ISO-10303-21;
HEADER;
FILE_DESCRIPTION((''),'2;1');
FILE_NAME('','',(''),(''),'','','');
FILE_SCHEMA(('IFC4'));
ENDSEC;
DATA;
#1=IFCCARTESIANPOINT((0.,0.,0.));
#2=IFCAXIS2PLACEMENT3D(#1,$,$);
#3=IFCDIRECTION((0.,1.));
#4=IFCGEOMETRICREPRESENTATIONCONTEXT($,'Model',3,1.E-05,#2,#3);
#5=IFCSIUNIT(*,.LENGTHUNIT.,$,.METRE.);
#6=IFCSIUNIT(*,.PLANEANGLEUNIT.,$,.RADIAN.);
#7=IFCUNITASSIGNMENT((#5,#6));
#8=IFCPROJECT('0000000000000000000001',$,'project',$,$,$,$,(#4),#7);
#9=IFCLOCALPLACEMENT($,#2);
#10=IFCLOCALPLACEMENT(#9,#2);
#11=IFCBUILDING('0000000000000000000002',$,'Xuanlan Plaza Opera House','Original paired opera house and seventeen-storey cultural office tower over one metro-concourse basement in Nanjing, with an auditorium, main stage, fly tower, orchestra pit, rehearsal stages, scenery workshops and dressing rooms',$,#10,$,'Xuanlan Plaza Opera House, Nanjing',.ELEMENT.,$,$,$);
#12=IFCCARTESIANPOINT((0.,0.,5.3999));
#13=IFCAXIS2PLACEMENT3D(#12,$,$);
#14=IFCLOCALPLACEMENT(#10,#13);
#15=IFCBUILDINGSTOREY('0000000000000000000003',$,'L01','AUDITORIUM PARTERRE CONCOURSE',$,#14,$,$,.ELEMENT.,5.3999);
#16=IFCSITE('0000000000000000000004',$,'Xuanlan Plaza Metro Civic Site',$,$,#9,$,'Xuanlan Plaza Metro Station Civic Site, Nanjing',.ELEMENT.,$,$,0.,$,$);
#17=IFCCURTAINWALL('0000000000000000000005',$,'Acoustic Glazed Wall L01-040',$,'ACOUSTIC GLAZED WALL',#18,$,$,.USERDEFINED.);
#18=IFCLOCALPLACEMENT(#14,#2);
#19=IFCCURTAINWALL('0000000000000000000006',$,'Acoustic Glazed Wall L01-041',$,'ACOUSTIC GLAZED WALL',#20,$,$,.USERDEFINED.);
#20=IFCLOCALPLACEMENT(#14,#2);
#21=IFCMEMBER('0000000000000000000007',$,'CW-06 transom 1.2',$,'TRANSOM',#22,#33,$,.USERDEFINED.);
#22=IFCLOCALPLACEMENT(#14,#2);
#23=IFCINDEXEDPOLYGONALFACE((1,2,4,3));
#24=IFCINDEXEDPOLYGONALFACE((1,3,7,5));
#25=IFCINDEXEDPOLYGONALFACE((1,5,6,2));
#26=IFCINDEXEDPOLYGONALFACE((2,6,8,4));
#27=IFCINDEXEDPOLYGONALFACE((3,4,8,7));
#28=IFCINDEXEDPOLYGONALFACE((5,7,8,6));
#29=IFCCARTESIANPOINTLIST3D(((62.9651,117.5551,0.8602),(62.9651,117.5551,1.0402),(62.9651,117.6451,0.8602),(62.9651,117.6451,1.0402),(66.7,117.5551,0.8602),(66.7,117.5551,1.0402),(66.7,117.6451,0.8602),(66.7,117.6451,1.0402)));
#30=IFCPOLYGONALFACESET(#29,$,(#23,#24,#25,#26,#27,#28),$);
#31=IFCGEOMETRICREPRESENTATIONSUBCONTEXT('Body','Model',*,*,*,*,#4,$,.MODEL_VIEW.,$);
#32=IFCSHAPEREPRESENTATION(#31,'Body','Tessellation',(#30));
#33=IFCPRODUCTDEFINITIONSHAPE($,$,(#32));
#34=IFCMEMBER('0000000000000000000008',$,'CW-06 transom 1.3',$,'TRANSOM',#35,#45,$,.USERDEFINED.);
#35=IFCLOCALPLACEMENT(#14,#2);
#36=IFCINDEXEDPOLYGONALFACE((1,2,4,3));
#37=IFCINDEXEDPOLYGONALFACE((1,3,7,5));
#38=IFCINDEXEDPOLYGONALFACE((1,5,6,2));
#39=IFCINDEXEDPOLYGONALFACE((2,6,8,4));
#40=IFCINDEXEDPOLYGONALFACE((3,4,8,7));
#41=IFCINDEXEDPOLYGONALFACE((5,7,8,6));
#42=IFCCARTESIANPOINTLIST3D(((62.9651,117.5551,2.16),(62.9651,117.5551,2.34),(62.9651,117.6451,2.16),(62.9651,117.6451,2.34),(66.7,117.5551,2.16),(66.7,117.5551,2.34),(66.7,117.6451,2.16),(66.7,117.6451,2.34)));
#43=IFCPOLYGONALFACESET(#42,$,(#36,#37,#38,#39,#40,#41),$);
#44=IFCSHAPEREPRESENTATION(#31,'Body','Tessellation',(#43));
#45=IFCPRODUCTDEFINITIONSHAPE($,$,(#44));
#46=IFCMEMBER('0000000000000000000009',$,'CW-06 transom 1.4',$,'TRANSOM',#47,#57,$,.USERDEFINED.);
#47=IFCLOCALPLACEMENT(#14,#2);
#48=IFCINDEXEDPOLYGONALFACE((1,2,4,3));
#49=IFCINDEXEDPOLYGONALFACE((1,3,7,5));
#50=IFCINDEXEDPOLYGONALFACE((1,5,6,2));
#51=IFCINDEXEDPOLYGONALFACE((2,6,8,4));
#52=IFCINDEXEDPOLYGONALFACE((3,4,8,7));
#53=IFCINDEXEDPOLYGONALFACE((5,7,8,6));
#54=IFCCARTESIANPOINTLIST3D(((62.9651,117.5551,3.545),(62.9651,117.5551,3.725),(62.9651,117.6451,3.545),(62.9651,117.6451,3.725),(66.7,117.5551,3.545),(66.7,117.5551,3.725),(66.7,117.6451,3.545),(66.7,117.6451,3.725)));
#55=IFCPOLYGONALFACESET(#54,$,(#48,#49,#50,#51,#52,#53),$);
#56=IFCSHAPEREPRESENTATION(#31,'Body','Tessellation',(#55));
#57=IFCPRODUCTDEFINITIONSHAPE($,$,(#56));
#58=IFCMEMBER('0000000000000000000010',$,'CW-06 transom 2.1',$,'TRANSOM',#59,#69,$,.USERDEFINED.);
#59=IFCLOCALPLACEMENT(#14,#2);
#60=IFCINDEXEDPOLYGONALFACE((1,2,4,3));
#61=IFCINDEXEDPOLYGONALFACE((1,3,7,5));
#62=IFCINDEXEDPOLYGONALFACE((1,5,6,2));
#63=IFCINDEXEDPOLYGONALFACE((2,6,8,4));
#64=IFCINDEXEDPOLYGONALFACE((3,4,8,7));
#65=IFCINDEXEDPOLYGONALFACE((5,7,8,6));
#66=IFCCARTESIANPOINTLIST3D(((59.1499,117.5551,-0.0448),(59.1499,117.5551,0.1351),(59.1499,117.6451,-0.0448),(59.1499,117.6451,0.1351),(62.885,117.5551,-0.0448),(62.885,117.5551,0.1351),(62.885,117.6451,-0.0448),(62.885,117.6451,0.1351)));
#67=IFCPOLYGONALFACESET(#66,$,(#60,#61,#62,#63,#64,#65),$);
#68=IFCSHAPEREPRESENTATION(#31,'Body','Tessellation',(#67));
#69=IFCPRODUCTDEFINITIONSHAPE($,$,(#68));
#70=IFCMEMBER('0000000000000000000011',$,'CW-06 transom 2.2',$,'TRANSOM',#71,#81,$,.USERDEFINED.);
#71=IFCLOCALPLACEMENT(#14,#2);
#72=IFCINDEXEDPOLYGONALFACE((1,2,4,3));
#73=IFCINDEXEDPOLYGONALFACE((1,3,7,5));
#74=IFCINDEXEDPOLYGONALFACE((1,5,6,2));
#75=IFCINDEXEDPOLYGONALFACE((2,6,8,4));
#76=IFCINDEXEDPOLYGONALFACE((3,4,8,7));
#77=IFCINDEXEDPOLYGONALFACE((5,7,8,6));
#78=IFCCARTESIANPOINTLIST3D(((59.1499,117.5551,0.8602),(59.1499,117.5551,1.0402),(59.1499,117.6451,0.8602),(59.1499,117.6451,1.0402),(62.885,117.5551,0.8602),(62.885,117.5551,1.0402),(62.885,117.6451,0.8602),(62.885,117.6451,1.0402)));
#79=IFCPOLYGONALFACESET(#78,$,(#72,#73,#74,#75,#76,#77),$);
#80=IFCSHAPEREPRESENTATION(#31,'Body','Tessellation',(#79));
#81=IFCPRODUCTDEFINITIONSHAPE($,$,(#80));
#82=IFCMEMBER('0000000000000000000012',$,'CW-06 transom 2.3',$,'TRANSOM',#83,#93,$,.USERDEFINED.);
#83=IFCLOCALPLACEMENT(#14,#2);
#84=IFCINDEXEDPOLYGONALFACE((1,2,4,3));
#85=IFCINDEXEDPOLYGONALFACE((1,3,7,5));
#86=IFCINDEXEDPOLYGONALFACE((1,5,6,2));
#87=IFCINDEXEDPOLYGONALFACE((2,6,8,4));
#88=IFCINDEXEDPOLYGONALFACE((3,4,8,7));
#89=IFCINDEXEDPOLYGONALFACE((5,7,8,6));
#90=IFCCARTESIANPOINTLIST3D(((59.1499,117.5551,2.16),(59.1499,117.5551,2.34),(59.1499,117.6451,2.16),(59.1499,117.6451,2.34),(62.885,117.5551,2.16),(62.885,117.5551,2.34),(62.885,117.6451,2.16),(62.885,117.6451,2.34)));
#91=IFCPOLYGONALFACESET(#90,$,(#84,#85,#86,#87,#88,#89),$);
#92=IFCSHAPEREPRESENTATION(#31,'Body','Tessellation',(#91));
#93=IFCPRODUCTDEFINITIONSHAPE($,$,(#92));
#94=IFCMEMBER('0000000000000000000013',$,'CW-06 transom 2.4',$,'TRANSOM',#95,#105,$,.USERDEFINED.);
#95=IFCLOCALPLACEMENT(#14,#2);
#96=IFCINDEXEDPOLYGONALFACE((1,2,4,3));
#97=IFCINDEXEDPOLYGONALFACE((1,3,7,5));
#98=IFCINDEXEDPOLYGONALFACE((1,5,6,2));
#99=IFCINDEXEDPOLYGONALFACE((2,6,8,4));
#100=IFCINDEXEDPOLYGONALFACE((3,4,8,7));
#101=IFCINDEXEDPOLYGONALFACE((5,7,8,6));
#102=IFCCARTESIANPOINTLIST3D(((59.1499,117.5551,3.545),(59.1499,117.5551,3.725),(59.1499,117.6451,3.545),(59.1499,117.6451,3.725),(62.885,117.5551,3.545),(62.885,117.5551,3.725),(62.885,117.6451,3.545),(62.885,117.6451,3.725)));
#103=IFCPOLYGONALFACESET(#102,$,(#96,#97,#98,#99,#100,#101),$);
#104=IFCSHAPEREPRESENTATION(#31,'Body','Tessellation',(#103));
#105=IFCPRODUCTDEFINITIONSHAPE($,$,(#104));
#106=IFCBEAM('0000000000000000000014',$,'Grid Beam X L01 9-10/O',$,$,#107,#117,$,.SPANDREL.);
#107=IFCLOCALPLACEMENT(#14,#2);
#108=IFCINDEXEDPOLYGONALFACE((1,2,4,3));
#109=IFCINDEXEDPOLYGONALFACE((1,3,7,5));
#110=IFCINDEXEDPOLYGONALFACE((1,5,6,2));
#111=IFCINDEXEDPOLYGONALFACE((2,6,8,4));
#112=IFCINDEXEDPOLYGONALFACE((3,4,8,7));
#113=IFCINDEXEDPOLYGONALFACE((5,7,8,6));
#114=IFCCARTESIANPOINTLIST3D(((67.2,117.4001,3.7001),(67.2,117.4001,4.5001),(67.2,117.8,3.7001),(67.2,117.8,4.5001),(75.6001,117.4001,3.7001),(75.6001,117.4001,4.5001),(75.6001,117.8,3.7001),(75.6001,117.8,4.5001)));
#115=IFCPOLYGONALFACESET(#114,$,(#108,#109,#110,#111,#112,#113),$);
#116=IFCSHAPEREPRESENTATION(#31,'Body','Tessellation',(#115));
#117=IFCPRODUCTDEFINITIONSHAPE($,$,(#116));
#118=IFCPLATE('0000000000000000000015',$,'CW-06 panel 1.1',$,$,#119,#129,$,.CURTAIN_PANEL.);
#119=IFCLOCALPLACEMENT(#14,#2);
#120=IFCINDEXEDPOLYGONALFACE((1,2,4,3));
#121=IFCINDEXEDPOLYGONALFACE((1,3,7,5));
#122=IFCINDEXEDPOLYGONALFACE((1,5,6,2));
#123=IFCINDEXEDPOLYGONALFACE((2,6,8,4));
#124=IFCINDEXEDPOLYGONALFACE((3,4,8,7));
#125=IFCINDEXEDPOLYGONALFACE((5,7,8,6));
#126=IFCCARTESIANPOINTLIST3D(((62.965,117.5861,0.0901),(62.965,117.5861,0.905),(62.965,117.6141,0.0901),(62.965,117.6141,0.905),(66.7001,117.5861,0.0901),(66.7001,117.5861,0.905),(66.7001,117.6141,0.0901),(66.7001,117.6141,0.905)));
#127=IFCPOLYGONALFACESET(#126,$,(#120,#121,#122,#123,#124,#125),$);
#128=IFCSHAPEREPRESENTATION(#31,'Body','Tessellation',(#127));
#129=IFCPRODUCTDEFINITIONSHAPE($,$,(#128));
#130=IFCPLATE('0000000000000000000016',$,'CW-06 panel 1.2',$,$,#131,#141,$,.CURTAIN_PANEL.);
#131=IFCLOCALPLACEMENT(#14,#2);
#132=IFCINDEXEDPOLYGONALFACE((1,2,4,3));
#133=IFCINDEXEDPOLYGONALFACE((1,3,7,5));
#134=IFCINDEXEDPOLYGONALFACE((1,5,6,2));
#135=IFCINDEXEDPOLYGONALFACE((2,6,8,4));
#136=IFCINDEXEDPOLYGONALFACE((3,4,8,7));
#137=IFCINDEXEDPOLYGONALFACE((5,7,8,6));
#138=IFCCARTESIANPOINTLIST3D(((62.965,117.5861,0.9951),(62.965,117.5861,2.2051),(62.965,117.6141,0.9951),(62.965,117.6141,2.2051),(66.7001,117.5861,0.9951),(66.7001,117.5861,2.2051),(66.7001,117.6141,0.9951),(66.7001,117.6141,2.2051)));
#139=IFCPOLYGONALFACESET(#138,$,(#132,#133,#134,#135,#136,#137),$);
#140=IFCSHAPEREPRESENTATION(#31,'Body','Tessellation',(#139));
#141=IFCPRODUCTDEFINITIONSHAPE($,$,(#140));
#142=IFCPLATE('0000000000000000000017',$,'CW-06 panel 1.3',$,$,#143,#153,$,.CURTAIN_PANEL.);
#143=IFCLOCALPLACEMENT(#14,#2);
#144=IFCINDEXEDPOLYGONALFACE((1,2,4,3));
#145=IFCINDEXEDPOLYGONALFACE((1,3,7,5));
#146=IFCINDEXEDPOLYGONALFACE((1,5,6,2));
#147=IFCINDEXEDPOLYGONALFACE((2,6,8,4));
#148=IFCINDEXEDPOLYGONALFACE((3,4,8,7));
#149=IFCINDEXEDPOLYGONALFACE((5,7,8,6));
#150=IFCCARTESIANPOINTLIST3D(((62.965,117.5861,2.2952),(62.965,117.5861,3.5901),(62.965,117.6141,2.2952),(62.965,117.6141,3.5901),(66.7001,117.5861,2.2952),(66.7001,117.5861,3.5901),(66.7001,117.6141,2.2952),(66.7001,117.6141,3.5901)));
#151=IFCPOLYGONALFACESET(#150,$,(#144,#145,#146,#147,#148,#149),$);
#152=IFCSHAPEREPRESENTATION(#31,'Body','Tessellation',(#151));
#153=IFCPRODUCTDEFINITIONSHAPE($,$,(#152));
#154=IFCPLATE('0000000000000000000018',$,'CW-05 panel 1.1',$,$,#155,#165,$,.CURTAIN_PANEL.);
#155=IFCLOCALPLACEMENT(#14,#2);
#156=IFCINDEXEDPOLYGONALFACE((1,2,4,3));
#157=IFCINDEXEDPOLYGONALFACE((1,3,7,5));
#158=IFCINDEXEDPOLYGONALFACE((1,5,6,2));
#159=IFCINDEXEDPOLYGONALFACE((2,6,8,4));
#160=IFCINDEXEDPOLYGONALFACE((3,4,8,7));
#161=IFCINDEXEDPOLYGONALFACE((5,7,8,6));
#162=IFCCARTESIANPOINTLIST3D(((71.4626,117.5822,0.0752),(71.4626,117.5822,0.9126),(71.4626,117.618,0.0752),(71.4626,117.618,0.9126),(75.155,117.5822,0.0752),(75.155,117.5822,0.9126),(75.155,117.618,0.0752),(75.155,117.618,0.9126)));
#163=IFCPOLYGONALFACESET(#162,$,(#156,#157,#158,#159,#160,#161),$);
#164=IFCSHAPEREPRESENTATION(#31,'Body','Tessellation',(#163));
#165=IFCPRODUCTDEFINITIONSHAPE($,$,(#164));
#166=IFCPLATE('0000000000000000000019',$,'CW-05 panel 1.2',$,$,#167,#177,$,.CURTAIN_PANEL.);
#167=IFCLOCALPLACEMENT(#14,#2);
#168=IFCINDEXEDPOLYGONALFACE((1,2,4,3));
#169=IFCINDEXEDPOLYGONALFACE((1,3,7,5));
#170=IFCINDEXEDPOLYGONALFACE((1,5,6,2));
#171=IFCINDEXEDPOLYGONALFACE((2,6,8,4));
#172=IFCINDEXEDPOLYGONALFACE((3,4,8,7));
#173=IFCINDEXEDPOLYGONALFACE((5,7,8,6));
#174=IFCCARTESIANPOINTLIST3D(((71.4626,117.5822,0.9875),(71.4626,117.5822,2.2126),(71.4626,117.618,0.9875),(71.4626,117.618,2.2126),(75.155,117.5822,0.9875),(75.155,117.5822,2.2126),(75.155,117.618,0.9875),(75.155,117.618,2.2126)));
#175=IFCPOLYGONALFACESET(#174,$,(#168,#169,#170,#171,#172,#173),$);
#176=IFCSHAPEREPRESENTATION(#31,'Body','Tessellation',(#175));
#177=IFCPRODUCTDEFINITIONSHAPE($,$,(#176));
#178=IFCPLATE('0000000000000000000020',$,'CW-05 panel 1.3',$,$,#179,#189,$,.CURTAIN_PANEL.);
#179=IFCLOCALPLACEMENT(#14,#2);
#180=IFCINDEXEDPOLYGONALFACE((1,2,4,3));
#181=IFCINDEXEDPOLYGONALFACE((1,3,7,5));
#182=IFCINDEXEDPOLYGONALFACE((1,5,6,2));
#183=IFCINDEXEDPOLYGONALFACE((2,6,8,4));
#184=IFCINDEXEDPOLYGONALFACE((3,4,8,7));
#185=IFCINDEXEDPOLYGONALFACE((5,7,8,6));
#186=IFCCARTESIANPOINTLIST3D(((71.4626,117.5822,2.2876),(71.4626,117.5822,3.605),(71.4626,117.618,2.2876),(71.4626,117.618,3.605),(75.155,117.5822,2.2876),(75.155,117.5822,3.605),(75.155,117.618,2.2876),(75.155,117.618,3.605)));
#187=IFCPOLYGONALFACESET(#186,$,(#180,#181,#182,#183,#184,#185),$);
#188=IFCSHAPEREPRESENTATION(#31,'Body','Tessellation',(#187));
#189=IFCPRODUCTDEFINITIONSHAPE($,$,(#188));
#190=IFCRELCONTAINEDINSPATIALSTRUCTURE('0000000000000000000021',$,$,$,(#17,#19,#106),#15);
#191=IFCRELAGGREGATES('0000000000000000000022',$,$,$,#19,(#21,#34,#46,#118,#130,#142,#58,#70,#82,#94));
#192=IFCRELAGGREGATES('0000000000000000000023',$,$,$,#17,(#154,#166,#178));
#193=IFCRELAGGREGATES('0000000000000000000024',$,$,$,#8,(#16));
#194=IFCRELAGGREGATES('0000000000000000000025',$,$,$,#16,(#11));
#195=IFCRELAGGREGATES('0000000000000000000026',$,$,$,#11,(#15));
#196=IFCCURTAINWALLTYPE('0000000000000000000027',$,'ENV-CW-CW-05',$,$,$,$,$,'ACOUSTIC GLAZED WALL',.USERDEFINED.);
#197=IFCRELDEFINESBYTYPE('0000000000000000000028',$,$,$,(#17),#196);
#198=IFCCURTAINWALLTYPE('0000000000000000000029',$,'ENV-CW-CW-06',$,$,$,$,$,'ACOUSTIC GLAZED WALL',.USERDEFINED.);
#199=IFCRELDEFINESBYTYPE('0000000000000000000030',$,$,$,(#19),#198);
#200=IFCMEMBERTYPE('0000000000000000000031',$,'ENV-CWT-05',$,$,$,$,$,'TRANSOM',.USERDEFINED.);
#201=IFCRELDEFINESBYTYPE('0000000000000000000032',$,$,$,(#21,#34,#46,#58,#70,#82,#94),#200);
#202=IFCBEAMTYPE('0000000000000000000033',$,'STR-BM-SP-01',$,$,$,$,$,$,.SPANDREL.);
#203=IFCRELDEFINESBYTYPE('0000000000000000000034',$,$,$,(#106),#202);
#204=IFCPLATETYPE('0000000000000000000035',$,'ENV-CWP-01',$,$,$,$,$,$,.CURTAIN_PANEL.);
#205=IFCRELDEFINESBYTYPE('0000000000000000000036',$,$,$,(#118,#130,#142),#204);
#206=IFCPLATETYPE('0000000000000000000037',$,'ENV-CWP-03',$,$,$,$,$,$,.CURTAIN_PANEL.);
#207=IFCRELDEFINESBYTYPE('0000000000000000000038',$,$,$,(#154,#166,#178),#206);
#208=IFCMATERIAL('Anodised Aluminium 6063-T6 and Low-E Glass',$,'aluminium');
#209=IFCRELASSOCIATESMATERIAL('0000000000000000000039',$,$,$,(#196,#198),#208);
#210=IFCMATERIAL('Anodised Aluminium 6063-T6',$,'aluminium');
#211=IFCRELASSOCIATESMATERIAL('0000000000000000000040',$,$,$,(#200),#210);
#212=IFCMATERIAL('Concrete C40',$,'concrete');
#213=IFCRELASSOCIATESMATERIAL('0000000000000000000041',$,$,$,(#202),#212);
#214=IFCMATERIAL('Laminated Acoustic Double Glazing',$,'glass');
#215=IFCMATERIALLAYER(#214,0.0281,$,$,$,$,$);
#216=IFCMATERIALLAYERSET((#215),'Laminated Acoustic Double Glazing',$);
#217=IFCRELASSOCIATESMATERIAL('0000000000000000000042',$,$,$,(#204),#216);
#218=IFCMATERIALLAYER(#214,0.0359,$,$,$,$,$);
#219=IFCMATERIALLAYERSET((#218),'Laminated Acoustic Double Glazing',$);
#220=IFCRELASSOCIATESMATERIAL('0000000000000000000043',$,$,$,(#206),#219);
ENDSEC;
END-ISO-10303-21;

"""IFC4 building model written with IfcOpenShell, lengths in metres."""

from ifc_helpers import new_model, si_unit, direction, frame, origin, origin_2d, place, context, subcontext, project, spatial, rectangle, extrude, material, layer, layer_set, material_profile, profile_set, type_object, element, aggregate, save


model = new_model("IFC4")

# Units and contexts
model_context = context("Model", 3, precision=1e-05, world=origin(), true_north=direction((0.0, 1.0)))
body_context = subcontext(model_context, "Body", "Model", "MODEL_VIEW")
ifc_project = project(units=[si_unit("LENGTHUNIT", "METRE"), si_unit("PLANEANGLEUNIT", "RADIAN")], contexts=[model_context])

# Site, building, storey
site_placement = place(None, origin())
site = spatial("IfcSite", under=ifc_project, at=site_placement, Name="Xuanlan Plaza Metro Civic Site", LongName="Xuanlan Plaza Metro Station Civic Site, Nanjing", CompositionType="ELEMENT", RefElevation=0.0)
building_placement = place(site_placement, origin())
building = spatial("IfcBuilding", under=site, at=building_placement, Name="Xuanlan Plaza Opera House", Description="Original paired opera house and seventeen-storey cultural office tower over one metro-concourse basement in Nanjing, with an auditorium, main stage, fly tower, orchestra pit, rehearsal stages, scenery workshops and dressing rooms", LongName="Xuanlan Plaza Opera House, Nanjing", CompositionType="ELEMENT")
storey_placement = place(building_placement, frame((0.0, 0.0, 5.3999)))
storey = spatial("IfcBuildingStorey", under=building, at=storey_placement, Name="L01", Description="AUDITORIUM PARTERRE CONCOURSE", CompositionType="ELEMENT", Elevation=5.3999)

# Shared definitions
ifc_material_1 = material(Name="Concrete C40", Category="concrete")

# Curtain walls
ifc_material_2 = material(Name="Anodised Aluminium 6063-T6 and Low-E Glass", Category="aluminium")
curtain_wall_type_1 = type_object("IfcCurtainWallType", Name="ENV-CW-CW-05", ElementType="ACOUSTIC GLAZED WALL", PredefinedType="USERDEFINED", material=ifc_material_2)
curtain_wall_1_placement = place(storey_placement, origin())
curtain_wall_1 = element("IfcCurtainWall", 1, at=curtain_wall_1_placement, inside=storey, type_object=curtain_wall_type_1, Name="Acoustic Glazed Wall L01-040", ObjectType="ACOUSTIC GLAZED WALL", PredefinedType="USERDEFINED")
ifc_material_3 = material(Name="Anodised Aluminium 6063-T6", Category="aluminium")
curtain_wall_type_2 = type_object("IfcCurtainWallType", Name="ENV-CW-CW-06", ElementType="ACOUSTIC GLAZED WALL", PredefinedType="USERDEFINED", material=ifc_material_2)
curtain_wall_2_placement = place(storey_placement, origin())
curtain_wall_2 = element("IfcCurtainWall", 2, at=curtain_wall_2_placement, inside=storey, type_object=curtain_wall_type_2, Name="Acoustic Glazed Wall L01-041", ObjectType="ACOUSTIC GLAZED WALL", PredefinedType="USERDEFINED")

# Members
ifc_material_profile_1 = material_profile(ifc_material_3, rectangle(XDim=0.0901, YDim=0.1799, at=origin_2d()), Name="ALU-T 90x180")
ifc_profile_set_1 = profile_set([ifc_material_profile_1], Name="Anodised Aluminium 6063-T6")
member_type_1 = type_object("IfcMemberType", Name="ENV-CWT-05", ElementType="TRANSOM", PredefinedType="USERDEFINED", material=ifc_profile_set_1)
member_1_placement = place(storey_placement, frame((66.7, 117.6001, 0.9502), z_axis=(-1.0, 0.0, 0.0), x_axis=(0.0, -1.0, 0.0)))
member_1 = element("IfcMember", 3, at=member_1_placement, type_object=member_type_1, Name="CW-06 transom 1.2", ObjectType="TRANSOM", PredefinedType="USERDEFINED", context=body_context, shape_type="SweptSolid", body=[
    extrude(rectangle(XDim=0.0901, YDim=0.1799, at=origin_2d()), origin(), (0.0, 0.0, 1.0), 3.7349),
])
member_2_placement = place(storey_placement, frame((66.7, 117.6001, 2.25), z_axis=(-1.0, 0.0, 0.0), x_axis=(0.0, -1.0, 0.0)))
member_2 = element("IfcMember", 4, at=member_2_placement, type_object=member_type_1, Name="CW-06 transom 1.3", ObjectType="TRANSOM", PredefinedType="USERDEFINED", context=body_context, shape_type="SweptSolid", body=[
    extrude(rectangle(XDim=0.0901, YDim=0.1799, at=origin_2d()), origin(), (0.0, 0.0, 1.0), 3.7349),
])
member_3_placement = place(storey_placement, frame((66.7, 117.6001, 3.635), z_axis=(-1.0, 0.0, 0.0), x_axis=(0.0, -1.0, 0.0)))
member_3 = element("IfcMember", 5, at=member_3_placement, type_object=member_type_1, Name="CW-06 transom 1.4", ObjectType="TRANSOM", PredefinedType="USERDEFINED", context=body_context, shape_type="SweptSolid", body=[
    extrude(rectangle(XDim=0.0901, YDim=0.1799, at=origin_2d()), origin(), (0.0, 0.0, 1.0), 3.7349),
])
member_4_placement = place(storey_placement, frame((62.885, 117.6001, 0.0452), z_axis=(-1.0, 0.0, 0.0), x_axis=(0.0, -1.0, 0.0)))
member_4 = element("IfcMember", 6, at=member_4_placement, type_object=member_type_1, Name="CW-06 transom 2.1", ObjectType="TRANSOM", PredefinedType="USERDEFINED", context=body_context, shape_type="SweptSolid", body=[
    extrude(rectangle(XDim=0.0901, YDim=0.1799, at=origin_2d()), origin(), (0.0, 0.0, 1.0), 3.7351),
])
member_5_placement = place(storey_placement, frame((62.885, 117.6001, 0.9502), z_axis=(-1.0, 0.0, 0.0), x_axis=(0.0, -1.0, 0.0)))
member_5 = element("IfcMember", 7, at=member_5_placement, type_object=member_type_1, Name="CW-06 transom 2.2", ObjectType="TRANSOM", PredefinedType="USERDEFINED", context=body_context, shape_type="SweptSolid", body=[
    extrude(rectangle(XDim=0.0901, YDim=0.1799, at=origin_2d()), origin(), (0.0, 0.0, 1.0), 3.7351),
])
member_6_placement = place(storey_placement, frame((62.885, 117.6001, 2.25), z_axis=(-1.0, 0.0, 0.0), x_axis=(0.0, -1.0, 0.0)))
member_6 = element("IfcMember", 8, at=member_6_placement, type_object=member_type_1, Name="CW-06 transom 2.3", ObjectType="TRANSOM", PredefinedType="USERDEFINED", context=body_context, shape_type="SweptSolid", body=[
    extrude(rectangle(XDim=0.0901, YDim=0.1799, at=origin_2d()), origin(), (0.0, 0.0, 1.0), 3.7351),
])
member_7_placement = place(storey_placement, frame((62.885, 117.6001, 3.635), z_axis=(-1.0, 0.0, 0.0), x_axis=(0.0, -1.0, 0.0)))
member_7 = element("IfcMember", 9, at=member_7_placement, type_object=member_type_1, Name="CW-06 transom 2.4", ObjectType="TRANSOM", PredefinedType="USERDEFINED", context=body_context, shape_type="SweptSolid", body=[
    extrude(rectangle(XDim=0.0901, YDim=0.1799, at=origin_2d()), origin(), (0.0, 0.0, 1.0), 3.7351),
])

# Beam
ifc_material_profile_2 = material_profile(ifc_material_1, rectangle(XDim=0.3999, YDim=0.8, at=origin_2d()), Name="RC-SPD 400x800")
ifc_profile_set_2 = profile_set([ifc_material_profile_2], Name="Concrete C40")
beam_type = type_object("IfcBeamType", Name="STR-BM-SP-01", PredefinedType="SPANDREL", material=ifc_profile_set_2)
beam_placement = place(storey_placement, frame((67.2, 117.6001, 4.1001), z_axis=(1.0, 0.0, 0.0), x_axis=(0.0, 1.0, 0.0)))
element("IfcBeam", 10, at=beam_placement, inside=storey, type_object=beam_type, Name="Grid Beam X L01 9-10/O", PredefinedType="SPANDREL", context=body_context, shape_type="SweptSolid", body=[
    extrude(rectangle(XDim=0.3999, YDim=0.8, at=origin_2d()), origin(), (0.0, 0.0, 1.0), 8.4001),
])

# Plates
ifc_material_4 = material(Name="Laminated Acoustic Double Glazing", Category="glass")
ifc_layer_1 = layer(ifc_material_4, 0.0281)
ifc_layer_set_1 = layer_set([ifc_layer_1], Name="Laminated Acoustic Double Glazing")
plate_type_1 = type_object("IfcPlateType", Name="ENV-CWP-01", PredefinedType="CURTAIN_PANEL", material=ifc_layer_set_1)
plate_1_placement = place(storey_placement, frame((64.8325, 117.6001, 0.0901), z_axis=(0.0, 0.0, 1.0), x_axis=(-1.0, 0.0, 0.0)))
plate_1 = element("IfcPlate", 11, at=plate_1_placement, type_object=plate_type_1, Name="CW-06 panel 1.1", PredefinedType="CURTAIN_PANEL", context=body_context, shape_type="SweptSolid", body=[
    extrude(rectangle(XDim=3.7351, YDim=0.0281, at=origin_2d()), origin(), (0.0, 0.0, 1.0), 0.8149),
])
plate_2_placement = place(storey_placement, frame((64.8325, 117.6001, 0.9951), z_axis=(0.0, 0.0, 1.0), x_axis=(-1.0, 0.0, 0.0)))
plate_2 = element("IfcPlate", 12, at=plate_2_placement, type_object=plate_type_1, Name="CW-06 panel 1.2", PredefinedType="CURTAIN_PANEL", context=body_context, shape_type="SweptSolid", body=[
    extrude(rectangle(XDim=3.7351, YDim=0.0281, at=origin_2d()), origin(), (0.0, 0.0, 1.0), 1.21),
])
plate_3_placement = place(storey_placement, frame((64.8325, 117.6001, 2.2952), z_axis=(0.0, 0.0, 1.0), x_axis=(-1.0, 0.0, 0.0)))
plate_3 = element("IfcPlate", 13, at=plate_3_placement, type_object=plate_type_1, Name="CW-06 panel 1.3", PredefinedType="CURTAIN_PANEL", context=body_context, shape_type="SweptSolid", body=[
    extrude(rectangle(XDim=3.7351, YDim=0.0281, at=origin_2d()), origin(), (0.0, 0.0, 1.0), 1.2949),
])
aggregate(curtain_wall_2, [member_1, member_2, member_3, plate_1, plate_2, plate_3, member_4, member_5, member_6, member_7])
ifc_layer_2 = layer(ifc_material_4, 0.0359)
ifc_layer_set_2 = layer_set([ifc_layer_2], Name="Laminated Acoustic Double Glazing")
plate_type_2 = type_object("IfcPlateType", Name="ENV-CWP-03", PredefinedType="CURTAIN_PANEL", material=ifc_layer_set_2)
plate_4_placement = place(storey_placement, frame((73.3088, 117.6001, 0.0752), z_axis=(0.0, 0.0, 1.0), x_axis=(-1.0, 0.0, 0.0)))
plate_4 = element("IfcPlate", 14, at=plate_4_placement, type_object=plate_type_2, Name="CW-05 panel 1.1", PredefinedType="CURTAIN_PANEL", context=body_context, shape_type="SweptSolid", body=[
    extrude(rectangle(XDim=3.6924, YDim=0.0359, at=origin_2d()), origin(), (0.0, 0.0, 1.0), 0.8374),
])
plate_5_placement = place(storey_placement, frame((73.3088, 117.6001, 0.9875), z_axis=(0.0, 0.0, 1.0), x_axis=(-1.0, 0.0, 0.0)))
plate_5 = element("IfcPlate", 15, at=plate_5_placement, type_object=plate_type_2, Name="CW-05 panel 1.2", PredefinedType="CURTAIN_PANEL", context=body_context, shape_type="SweptSolid", body=[
    extrude(rectangle(XDim=3.6924, YDim=0.0359, at=origin_2d()), origin(), (0.0, 0.0, 1.0), 1.2251),
])
plate_6_placement = place(storey_placement, frame((73.3088, 117.6001, 2.2876), z_axis=(0.0, 0.0, 1.0), x_axis=(-1.0, 0.0, 0.0)))
plate_6 = element("IfcPlate", 16, at=plate_6_placement, type_object=plate_type_2, Name="CW-05 panel 1.3", PredefinedType="CURTAIN_PANEL", context=body_context, shape_type="SweptSolid", body=[
    extrude(rectangle(XDim=3.6924, YDim=0.0359, at=origin_2d()), origin(), (0.0, 0.0, 1.0), 1.3174),
])
aggregate(curtain_wall_1, [plate_4, plate_5, plate_6])

save(model, "model.ifc")
